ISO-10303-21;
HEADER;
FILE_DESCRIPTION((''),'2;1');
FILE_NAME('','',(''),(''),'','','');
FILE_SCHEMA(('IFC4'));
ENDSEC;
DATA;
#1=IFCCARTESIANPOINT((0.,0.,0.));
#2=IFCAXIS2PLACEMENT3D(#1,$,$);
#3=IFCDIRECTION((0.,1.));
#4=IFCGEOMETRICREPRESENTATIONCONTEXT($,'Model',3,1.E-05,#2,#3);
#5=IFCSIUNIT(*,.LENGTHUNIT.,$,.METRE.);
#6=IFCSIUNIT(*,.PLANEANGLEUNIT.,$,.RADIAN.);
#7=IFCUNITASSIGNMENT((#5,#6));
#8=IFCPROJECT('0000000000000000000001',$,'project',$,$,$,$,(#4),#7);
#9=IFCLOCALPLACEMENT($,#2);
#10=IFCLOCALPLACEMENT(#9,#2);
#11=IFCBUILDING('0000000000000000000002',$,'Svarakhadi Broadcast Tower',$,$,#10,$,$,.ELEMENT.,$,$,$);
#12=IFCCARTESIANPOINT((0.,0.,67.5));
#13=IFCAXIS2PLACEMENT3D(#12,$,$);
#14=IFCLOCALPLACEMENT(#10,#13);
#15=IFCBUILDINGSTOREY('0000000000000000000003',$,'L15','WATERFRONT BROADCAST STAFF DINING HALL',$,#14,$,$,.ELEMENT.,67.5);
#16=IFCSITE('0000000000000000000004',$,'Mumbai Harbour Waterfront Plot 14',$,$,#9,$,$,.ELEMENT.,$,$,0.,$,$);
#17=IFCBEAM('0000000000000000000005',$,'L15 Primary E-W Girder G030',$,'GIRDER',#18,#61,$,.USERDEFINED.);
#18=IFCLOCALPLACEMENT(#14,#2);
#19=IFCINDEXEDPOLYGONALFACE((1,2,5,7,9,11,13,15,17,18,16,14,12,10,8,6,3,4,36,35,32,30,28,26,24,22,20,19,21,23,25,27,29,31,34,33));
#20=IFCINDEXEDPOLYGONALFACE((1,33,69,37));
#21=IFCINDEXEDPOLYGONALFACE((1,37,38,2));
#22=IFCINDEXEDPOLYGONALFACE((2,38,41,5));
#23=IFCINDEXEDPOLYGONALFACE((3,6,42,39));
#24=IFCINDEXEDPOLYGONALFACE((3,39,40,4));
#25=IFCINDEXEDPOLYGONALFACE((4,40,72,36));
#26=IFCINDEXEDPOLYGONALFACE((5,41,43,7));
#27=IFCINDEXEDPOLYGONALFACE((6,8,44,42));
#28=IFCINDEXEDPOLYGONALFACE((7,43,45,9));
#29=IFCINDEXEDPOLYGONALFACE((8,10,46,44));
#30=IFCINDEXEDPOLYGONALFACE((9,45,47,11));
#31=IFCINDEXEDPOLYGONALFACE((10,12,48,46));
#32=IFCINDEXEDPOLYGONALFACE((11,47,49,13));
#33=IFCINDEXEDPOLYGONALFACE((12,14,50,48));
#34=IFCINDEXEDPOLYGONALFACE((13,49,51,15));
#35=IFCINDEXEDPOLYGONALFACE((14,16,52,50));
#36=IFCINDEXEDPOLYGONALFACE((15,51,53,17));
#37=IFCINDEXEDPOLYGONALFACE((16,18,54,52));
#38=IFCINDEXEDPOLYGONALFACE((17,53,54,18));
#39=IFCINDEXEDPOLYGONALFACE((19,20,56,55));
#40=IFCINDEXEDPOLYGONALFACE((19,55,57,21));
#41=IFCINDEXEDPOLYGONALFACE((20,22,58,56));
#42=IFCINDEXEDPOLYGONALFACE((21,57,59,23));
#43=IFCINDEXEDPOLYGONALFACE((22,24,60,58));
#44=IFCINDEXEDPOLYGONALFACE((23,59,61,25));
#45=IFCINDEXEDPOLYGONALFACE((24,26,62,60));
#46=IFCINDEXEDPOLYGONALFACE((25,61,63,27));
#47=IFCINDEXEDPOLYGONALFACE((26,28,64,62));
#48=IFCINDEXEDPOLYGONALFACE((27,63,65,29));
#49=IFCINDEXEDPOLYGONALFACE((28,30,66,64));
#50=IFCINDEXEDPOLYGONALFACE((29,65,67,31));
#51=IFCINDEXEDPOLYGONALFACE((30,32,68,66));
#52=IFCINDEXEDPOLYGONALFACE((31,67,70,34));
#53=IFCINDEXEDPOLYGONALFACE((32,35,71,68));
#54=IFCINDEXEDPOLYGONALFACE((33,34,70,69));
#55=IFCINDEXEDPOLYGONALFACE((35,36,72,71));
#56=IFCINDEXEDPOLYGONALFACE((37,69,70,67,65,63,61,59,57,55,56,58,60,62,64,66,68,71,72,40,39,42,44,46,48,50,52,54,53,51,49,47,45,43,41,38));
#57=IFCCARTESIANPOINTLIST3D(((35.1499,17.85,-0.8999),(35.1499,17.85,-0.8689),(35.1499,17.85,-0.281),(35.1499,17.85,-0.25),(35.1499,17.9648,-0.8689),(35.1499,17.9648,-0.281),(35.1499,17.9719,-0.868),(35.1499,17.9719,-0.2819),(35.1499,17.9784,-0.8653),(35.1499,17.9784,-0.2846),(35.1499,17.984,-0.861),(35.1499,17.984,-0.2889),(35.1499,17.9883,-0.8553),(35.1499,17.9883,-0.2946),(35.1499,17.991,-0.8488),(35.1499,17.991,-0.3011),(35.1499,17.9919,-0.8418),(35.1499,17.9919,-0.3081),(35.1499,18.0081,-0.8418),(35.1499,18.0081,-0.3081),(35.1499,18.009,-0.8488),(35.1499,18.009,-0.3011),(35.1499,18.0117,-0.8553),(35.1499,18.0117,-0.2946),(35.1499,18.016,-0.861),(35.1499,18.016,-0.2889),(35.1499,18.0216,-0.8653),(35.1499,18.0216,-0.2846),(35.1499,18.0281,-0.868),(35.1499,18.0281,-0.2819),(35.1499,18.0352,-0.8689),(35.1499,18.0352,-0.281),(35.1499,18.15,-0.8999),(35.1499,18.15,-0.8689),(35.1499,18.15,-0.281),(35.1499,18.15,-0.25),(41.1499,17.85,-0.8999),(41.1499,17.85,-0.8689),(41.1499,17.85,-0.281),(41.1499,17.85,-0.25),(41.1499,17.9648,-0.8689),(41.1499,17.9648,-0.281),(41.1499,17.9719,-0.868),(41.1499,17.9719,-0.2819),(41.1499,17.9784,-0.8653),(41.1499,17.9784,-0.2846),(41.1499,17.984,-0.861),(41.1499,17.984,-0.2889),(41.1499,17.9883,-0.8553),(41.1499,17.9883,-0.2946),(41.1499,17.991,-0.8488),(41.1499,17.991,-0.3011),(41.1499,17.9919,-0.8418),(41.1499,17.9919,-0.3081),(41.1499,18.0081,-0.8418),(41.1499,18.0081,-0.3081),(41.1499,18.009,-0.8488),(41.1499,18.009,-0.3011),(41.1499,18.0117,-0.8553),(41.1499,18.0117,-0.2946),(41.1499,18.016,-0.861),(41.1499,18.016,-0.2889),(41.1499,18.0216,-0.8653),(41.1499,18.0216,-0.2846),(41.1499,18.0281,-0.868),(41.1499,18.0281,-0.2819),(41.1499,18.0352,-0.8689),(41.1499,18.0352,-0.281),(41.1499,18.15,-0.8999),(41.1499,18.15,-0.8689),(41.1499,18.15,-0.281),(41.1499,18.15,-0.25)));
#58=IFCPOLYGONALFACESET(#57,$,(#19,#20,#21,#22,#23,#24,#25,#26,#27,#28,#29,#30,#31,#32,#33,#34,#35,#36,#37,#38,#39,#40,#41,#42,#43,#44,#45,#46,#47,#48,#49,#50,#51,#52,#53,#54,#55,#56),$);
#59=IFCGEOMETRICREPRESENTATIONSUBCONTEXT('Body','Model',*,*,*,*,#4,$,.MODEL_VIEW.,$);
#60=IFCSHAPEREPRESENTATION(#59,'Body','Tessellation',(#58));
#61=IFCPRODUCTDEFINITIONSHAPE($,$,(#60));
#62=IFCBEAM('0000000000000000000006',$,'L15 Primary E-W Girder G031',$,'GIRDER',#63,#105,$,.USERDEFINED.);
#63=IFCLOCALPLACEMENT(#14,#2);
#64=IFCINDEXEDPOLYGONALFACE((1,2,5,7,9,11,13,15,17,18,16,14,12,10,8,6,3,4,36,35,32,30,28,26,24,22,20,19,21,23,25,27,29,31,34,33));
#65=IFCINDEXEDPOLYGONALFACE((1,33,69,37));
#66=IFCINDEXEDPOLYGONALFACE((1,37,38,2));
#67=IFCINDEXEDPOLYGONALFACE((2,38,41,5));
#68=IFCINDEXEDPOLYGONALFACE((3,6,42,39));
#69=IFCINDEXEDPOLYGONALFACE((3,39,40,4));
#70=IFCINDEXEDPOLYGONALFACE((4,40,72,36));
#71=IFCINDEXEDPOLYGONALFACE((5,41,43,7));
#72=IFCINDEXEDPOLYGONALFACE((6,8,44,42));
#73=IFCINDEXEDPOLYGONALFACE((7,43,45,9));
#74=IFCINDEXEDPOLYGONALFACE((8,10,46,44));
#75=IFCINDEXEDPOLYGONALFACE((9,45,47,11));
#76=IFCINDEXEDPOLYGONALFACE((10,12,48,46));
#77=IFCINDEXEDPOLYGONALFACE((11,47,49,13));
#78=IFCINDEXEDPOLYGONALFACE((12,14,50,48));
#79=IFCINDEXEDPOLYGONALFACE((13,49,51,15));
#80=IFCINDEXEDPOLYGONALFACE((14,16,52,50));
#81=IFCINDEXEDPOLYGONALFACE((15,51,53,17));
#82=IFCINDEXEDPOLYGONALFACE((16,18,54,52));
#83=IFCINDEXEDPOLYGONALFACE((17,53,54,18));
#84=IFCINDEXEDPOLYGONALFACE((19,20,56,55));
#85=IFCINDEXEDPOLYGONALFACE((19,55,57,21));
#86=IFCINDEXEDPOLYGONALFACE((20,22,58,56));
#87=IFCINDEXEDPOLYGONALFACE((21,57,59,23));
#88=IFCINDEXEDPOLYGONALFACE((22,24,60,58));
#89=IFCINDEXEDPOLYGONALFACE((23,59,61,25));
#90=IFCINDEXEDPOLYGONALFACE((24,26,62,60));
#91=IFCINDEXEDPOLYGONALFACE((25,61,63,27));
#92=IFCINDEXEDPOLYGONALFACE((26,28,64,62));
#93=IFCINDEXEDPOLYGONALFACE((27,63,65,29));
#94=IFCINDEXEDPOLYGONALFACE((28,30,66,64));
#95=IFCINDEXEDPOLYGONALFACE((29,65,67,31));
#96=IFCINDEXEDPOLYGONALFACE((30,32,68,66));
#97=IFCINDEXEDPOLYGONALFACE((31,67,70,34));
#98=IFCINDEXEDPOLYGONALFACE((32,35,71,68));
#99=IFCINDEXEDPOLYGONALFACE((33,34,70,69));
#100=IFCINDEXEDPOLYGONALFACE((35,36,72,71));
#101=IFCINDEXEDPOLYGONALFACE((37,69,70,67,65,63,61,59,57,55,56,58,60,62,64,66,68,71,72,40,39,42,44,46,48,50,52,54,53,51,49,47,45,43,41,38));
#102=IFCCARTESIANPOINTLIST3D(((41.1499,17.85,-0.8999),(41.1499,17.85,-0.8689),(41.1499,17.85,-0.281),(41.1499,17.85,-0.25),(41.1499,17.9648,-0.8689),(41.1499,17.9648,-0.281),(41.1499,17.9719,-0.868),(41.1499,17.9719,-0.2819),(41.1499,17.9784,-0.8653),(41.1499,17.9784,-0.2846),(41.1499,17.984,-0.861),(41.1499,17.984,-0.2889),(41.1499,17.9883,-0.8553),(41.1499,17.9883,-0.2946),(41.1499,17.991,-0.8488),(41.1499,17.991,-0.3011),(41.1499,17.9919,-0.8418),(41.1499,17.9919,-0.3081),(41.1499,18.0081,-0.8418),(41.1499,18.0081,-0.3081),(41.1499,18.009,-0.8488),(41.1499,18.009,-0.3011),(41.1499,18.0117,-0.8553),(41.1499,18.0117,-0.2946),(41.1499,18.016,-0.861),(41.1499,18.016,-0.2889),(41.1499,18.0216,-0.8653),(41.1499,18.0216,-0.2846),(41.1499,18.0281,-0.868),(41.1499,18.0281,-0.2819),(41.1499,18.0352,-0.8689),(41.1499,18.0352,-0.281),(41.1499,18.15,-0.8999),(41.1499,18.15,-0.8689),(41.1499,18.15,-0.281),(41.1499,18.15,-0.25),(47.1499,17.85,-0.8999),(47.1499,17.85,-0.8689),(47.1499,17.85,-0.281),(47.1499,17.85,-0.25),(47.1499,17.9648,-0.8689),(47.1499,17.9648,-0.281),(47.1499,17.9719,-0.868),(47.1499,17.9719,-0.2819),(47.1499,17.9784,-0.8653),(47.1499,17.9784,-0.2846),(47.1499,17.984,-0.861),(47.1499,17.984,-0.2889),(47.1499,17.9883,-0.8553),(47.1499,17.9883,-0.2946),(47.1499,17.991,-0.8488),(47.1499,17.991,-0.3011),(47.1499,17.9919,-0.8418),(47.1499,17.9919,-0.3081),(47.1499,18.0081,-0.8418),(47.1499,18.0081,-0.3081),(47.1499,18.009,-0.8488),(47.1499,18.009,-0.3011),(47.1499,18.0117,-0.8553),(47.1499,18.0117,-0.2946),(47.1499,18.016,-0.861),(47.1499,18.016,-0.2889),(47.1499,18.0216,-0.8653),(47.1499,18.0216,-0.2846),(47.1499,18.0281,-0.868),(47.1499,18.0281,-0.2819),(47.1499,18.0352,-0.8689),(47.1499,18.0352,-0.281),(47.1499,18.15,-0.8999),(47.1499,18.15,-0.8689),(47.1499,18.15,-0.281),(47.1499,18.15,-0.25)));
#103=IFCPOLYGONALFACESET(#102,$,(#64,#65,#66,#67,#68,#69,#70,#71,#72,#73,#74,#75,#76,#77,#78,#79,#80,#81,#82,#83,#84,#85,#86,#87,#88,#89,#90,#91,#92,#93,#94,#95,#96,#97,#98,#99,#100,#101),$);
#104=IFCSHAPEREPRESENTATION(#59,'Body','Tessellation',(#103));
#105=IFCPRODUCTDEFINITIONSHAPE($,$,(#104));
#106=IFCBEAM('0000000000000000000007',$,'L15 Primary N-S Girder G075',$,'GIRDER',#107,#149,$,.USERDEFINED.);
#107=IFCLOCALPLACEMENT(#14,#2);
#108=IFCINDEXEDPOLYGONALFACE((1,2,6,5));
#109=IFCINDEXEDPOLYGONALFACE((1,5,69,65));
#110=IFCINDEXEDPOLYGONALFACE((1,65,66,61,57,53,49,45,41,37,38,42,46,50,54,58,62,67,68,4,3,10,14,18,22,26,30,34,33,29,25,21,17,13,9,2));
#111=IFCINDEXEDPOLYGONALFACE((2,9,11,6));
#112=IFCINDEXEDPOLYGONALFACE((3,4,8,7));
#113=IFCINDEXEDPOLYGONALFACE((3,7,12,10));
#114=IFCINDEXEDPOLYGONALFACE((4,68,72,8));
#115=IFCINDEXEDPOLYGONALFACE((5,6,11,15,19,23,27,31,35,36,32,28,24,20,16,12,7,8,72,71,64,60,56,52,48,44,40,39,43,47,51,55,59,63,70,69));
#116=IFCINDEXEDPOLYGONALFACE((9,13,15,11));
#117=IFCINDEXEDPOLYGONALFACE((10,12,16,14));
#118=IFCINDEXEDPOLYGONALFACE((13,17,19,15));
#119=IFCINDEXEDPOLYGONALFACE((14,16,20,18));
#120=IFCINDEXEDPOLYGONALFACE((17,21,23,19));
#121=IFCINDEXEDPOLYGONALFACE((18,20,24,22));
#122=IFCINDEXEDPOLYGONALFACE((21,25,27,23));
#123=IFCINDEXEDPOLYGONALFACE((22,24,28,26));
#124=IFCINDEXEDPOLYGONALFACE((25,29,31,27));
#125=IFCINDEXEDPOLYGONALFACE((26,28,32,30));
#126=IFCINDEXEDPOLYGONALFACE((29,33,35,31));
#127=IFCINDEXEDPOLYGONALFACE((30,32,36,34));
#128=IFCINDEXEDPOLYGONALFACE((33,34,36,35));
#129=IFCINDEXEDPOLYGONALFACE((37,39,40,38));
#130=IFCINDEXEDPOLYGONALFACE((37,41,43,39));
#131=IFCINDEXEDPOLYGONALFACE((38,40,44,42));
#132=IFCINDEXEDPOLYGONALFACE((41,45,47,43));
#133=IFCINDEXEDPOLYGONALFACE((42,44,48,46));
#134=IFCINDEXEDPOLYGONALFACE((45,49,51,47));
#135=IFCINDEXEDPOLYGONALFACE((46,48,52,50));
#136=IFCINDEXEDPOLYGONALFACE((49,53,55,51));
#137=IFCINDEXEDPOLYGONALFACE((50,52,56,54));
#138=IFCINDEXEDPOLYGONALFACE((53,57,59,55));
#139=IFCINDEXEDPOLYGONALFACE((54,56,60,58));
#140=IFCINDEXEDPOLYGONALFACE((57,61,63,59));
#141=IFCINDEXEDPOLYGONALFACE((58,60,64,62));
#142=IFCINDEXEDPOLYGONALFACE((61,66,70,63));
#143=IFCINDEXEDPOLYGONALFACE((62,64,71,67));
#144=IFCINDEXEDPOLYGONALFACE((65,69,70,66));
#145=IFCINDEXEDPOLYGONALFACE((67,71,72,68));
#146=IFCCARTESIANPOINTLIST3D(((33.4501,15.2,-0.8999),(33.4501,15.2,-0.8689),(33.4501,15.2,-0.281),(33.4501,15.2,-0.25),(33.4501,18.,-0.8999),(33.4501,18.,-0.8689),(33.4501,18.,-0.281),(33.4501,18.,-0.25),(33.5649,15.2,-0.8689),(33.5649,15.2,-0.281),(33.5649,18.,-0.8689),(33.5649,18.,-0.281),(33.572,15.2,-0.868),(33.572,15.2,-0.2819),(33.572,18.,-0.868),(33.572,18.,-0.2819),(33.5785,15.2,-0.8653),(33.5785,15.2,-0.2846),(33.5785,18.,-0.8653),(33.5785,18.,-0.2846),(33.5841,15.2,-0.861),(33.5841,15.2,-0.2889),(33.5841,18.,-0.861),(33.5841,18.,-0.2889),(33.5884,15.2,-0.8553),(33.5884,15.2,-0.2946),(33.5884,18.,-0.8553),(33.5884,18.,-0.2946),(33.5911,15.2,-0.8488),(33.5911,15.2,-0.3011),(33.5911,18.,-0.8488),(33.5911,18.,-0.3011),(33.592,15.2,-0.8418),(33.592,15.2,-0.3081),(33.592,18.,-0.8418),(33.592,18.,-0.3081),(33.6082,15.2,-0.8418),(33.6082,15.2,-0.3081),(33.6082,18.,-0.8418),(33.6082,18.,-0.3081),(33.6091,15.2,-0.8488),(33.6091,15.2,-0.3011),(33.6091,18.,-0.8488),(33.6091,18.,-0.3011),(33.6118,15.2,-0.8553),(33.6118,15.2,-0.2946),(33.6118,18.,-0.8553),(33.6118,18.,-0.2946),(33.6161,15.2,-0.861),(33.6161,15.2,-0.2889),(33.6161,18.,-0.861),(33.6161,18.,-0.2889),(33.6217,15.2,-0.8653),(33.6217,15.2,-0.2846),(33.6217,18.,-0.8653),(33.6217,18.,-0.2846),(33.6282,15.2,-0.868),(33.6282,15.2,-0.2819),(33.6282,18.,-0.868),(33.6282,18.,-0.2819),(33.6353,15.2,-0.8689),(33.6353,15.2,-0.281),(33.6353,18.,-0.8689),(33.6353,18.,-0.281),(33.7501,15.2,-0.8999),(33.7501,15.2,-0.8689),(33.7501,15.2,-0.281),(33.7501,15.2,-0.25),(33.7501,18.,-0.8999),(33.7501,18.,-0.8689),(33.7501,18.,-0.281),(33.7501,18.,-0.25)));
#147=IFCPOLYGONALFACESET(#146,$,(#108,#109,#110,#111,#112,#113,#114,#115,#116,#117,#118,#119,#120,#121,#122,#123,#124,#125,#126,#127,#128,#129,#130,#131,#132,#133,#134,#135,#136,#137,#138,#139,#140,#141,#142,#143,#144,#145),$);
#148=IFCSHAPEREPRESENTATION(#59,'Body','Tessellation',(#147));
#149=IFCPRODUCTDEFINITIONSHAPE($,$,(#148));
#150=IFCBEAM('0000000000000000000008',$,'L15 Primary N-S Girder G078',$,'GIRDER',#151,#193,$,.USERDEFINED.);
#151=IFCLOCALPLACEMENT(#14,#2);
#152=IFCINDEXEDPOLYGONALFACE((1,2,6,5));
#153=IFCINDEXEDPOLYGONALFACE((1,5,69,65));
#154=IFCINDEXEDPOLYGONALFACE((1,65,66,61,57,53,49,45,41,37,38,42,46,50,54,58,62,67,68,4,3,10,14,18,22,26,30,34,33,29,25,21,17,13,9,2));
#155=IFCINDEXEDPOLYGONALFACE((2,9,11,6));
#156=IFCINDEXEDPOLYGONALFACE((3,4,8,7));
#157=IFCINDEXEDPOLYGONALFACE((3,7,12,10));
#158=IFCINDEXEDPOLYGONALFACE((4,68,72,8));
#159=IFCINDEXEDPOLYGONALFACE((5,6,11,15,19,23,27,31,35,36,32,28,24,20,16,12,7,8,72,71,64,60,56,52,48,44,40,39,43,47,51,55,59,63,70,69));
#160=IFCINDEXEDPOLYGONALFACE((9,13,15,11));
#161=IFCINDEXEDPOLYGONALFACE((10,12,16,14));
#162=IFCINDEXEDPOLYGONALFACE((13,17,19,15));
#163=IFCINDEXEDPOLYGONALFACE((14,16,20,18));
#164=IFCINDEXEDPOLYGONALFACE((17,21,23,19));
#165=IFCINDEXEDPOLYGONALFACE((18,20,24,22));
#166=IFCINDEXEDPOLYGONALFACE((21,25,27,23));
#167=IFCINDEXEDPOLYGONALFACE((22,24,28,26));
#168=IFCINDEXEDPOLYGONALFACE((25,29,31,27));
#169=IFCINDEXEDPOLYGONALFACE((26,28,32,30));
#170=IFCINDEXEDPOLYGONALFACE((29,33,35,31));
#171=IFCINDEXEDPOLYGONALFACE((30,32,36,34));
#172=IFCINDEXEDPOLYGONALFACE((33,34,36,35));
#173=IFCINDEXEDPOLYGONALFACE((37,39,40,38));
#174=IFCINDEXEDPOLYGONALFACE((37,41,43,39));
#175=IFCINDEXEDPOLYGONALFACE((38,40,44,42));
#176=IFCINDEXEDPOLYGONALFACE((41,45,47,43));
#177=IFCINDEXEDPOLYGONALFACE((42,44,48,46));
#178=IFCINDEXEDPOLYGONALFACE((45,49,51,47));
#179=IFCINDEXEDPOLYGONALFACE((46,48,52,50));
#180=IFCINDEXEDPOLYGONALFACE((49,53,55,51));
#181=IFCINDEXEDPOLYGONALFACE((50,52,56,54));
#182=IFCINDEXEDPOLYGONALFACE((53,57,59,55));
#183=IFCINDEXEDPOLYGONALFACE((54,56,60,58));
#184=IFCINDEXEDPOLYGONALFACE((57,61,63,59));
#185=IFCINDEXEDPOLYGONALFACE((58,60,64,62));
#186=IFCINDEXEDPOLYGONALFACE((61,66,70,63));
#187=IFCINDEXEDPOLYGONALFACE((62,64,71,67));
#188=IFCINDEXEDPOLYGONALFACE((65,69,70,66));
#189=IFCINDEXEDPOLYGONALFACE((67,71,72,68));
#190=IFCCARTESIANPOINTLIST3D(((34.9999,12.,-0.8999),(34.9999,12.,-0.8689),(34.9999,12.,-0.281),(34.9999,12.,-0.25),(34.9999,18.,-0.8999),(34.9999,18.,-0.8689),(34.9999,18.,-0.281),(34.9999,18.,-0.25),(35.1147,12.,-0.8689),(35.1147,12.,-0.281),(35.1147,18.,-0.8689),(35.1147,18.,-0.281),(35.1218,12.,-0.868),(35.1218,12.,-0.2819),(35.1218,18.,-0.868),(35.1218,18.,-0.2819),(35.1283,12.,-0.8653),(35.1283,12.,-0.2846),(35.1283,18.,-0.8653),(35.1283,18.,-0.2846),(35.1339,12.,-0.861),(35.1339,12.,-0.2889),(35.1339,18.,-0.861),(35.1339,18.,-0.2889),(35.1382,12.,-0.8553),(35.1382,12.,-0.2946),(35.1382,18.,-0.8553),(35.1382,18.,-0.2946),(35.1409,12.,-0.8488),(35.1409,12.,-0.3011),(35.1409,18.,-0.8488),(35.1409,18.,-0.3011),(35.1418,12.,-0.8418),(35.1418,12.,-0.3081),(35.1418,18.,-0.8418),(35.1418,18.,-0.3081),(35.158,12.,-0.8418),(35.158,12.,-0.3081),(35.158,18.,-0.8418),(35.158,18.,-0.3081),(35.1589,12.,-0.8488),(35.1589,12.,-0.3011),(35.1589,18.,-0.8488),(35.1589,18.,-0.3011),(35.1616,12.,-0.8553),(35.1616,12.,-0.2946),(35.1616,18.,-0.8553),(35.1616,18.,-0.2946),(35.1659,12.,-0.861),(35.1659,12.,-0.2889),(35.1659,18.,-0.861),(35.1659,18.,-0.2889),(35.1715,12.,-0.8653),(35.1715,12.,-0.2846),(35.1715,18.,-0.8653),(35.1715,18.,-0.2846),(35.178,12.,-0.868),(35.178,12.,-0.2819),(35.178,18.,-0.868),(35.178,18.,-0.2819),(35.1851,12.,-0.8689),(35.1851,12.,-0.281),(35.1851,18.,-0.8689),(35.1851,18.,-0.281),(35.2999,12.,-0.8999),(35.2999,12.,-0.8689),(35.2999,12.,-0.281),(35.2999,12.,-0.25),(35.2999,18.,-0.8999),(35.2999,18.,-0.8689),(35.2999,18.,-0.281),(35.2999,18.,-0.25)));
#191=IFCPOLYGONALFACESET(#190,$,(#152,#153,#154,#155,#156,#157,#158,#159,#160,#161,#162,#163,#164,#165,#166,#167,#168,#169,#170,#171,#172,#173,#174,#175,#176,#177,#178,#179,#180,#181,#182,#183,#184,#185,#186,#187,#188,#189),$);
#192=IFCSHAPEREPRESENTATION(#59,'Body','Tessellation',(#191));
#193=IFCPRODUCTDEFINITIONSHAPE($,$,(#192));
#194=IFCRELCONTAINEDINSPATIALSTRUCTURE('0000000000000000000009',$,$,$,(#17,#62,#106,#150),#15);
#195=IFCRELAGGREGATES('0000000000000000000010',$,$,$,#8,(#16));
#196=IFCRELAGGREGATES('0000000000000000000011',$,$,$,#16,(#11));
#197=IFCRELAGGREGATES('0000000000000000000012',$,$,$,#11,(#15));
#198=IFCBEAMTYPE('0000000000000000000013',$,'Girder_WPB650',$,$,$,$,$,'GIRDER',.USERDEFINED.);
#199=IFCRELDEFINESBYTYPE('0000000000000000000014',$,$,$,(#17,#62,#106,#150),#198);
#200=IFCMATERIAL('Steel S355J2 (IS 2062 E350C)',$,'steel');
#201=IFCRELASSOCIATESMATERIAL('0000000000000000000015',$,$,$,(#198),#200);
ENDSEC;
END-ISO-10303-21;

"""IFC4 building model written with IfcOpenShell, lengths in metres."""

from ifc_helpers import new_model, si_unit, direction, frame, origin, origin_2d, place, context, subcontext, project, spatial, i_section, extrude, material, material_profile, profile_set, type_object, element, save


model = new_model("IFC4")

# Units and contexts
model_context = context("Model", 3, precision=1e-05, world=origin(), true_north=direction((0.0, 1.0)))
body_context = subcontext(model_context, "Body", "Model", "MODEL_VIEW")
ifc_project = project(units=[si_unit("LENGTHUNIT", "METRE"), si_unit("PLANEANGLEUNIT", "RADIAN")], contexts=[model_context])

# Site, building, storey
site_placement = place(None, origin())
site = spatial("IfcSite", under=ifc_project, at=site_placement, Name="Mumbai Harbour Waterfront Plot 14", CompositionType="ELEMENT", RefElevation=0.0)
building_placement = place(site_placement, origin())
building = spatial("IfcBuilding", under=site, at=building_placement, Name="Svarakhadi Broadcast Tower", CompositionType="ELEMENT")
storey_placement = place(building_placement, frame((0.0, 0.0, 67.5)))
storey = spatial("IfcBuildingStorey", under=building, at=storey_placement, Name="L15", Description="WATERFRONT BROADCAST STAFF DINING HALL", CompositionType="ELEMENT", Elevation=67.5)

# Shared definitions
ifc_material_1 = material(Name="Steel S355J2 (IS 2062 E350C)", Category="steel")

# Beams
ifc_material_profile_1 = material_profile(ifc_material_1, i_section(OverallWidth=0.3, OverallDepth=0.6499, WebThickness=0.0161, FlangeThickness=0.031, FilletRadius=0.0271, at=origin_2d()), Name="WPB 650x300x225")
ifc_profile_set_1 = profile_set([ifc_material_profile_1], Name="Steel S355J2 (IS 2062 E350C)")
beam_type_1 = type_object("IfcBeamType", Name="Girder_WPB650", ElementType="GIRDER", PredefinedType="USERDEFINED", material=ifc_profile_set_1)
for number, where, z_axis, x_axis, name in (
    (1, (35.1499, 18.0, -0.575), (1.0, 0.0, 0.0), (0.0, 1.0, 0.0), "L15 Primary E-W Girder G030"),
    (2, (41.1499, 18.0, -0.575), (1.0, 0.0, 0.0), (0.0, 1.0, 0.0), "L15 Primary E-W Girder G031"),
):
    element("IfcBeam", number, at=place(storey_placement, frame(where, z_axis=z_axis, x_axis=x_axis)), inside=storey, type_object=beam_type_1, Name=name, ObjectType="GIRDER", PredefinedType="USERDEFINED", context=body_context, shape_type="SweptSolid", body=[
        extrude(i_section(OverallWidth=0.3, OverallDepth=0.6499, WebThickness=0.0161, FlangeThickness=0.031, FilletRadius=0.0271, at=origin_2d()), origin(), (0.0, 0.0, 1.0), 6.0),
    ])
beam_placement = place(storey_placement, frame((33.6001, 15.2, -0.575), z_axis=(0.0, 1.0, 0.0), x_axis=(-1.0, 0.0, 0.0)))
element("IfcBeam", 3, at=beam_placement, inside=storey, type_object=beam_type_1, Name="L15 Primary N-S Girder G075", ObjectType="GIRDER", PredefinedType="USERDEFINED", context=body_context, shape_type="SweptSolid", body=[
    extrude(i_section(OverallWidth=0.3, OverallDepth=0.6499, WebThickness=0.0161, FlangeThickness=0.031, FilletRadius=0.0271, at=origin_2d()), origin(), (0.0, 0.0, 1.0), 2.8),
])
for number, where, z_axis, x_axis, name in (
    (4, (35.1499, 12.0, -0.575), (0.0, 1.0, 0.0), (-1.0, 0.0, 0.0), "L15 Primary N-S Girder G078"),
):
    element("IfcBeam", number, at=place(storey_placement, frame(where, z_axis=z_axis, x_axis=x_axis)), inside=storey, type_object=beam_type_1, Name=name, ObjectType="GIRDER", PredefinedType="USERDEFINED", context=body_context, shape_type="SweptSolid", body=[
        extrude(i_section(OverallWidth=0.3, OverallDepth=0.6499, WebThickness=0.0161, FlangeThickness=0.031, FilletRadius=0.0271, at=origin_2d()), origin(), (0.0, 0.0, 1.0), 6.0),
    ])

save(model, "model.ifc")
